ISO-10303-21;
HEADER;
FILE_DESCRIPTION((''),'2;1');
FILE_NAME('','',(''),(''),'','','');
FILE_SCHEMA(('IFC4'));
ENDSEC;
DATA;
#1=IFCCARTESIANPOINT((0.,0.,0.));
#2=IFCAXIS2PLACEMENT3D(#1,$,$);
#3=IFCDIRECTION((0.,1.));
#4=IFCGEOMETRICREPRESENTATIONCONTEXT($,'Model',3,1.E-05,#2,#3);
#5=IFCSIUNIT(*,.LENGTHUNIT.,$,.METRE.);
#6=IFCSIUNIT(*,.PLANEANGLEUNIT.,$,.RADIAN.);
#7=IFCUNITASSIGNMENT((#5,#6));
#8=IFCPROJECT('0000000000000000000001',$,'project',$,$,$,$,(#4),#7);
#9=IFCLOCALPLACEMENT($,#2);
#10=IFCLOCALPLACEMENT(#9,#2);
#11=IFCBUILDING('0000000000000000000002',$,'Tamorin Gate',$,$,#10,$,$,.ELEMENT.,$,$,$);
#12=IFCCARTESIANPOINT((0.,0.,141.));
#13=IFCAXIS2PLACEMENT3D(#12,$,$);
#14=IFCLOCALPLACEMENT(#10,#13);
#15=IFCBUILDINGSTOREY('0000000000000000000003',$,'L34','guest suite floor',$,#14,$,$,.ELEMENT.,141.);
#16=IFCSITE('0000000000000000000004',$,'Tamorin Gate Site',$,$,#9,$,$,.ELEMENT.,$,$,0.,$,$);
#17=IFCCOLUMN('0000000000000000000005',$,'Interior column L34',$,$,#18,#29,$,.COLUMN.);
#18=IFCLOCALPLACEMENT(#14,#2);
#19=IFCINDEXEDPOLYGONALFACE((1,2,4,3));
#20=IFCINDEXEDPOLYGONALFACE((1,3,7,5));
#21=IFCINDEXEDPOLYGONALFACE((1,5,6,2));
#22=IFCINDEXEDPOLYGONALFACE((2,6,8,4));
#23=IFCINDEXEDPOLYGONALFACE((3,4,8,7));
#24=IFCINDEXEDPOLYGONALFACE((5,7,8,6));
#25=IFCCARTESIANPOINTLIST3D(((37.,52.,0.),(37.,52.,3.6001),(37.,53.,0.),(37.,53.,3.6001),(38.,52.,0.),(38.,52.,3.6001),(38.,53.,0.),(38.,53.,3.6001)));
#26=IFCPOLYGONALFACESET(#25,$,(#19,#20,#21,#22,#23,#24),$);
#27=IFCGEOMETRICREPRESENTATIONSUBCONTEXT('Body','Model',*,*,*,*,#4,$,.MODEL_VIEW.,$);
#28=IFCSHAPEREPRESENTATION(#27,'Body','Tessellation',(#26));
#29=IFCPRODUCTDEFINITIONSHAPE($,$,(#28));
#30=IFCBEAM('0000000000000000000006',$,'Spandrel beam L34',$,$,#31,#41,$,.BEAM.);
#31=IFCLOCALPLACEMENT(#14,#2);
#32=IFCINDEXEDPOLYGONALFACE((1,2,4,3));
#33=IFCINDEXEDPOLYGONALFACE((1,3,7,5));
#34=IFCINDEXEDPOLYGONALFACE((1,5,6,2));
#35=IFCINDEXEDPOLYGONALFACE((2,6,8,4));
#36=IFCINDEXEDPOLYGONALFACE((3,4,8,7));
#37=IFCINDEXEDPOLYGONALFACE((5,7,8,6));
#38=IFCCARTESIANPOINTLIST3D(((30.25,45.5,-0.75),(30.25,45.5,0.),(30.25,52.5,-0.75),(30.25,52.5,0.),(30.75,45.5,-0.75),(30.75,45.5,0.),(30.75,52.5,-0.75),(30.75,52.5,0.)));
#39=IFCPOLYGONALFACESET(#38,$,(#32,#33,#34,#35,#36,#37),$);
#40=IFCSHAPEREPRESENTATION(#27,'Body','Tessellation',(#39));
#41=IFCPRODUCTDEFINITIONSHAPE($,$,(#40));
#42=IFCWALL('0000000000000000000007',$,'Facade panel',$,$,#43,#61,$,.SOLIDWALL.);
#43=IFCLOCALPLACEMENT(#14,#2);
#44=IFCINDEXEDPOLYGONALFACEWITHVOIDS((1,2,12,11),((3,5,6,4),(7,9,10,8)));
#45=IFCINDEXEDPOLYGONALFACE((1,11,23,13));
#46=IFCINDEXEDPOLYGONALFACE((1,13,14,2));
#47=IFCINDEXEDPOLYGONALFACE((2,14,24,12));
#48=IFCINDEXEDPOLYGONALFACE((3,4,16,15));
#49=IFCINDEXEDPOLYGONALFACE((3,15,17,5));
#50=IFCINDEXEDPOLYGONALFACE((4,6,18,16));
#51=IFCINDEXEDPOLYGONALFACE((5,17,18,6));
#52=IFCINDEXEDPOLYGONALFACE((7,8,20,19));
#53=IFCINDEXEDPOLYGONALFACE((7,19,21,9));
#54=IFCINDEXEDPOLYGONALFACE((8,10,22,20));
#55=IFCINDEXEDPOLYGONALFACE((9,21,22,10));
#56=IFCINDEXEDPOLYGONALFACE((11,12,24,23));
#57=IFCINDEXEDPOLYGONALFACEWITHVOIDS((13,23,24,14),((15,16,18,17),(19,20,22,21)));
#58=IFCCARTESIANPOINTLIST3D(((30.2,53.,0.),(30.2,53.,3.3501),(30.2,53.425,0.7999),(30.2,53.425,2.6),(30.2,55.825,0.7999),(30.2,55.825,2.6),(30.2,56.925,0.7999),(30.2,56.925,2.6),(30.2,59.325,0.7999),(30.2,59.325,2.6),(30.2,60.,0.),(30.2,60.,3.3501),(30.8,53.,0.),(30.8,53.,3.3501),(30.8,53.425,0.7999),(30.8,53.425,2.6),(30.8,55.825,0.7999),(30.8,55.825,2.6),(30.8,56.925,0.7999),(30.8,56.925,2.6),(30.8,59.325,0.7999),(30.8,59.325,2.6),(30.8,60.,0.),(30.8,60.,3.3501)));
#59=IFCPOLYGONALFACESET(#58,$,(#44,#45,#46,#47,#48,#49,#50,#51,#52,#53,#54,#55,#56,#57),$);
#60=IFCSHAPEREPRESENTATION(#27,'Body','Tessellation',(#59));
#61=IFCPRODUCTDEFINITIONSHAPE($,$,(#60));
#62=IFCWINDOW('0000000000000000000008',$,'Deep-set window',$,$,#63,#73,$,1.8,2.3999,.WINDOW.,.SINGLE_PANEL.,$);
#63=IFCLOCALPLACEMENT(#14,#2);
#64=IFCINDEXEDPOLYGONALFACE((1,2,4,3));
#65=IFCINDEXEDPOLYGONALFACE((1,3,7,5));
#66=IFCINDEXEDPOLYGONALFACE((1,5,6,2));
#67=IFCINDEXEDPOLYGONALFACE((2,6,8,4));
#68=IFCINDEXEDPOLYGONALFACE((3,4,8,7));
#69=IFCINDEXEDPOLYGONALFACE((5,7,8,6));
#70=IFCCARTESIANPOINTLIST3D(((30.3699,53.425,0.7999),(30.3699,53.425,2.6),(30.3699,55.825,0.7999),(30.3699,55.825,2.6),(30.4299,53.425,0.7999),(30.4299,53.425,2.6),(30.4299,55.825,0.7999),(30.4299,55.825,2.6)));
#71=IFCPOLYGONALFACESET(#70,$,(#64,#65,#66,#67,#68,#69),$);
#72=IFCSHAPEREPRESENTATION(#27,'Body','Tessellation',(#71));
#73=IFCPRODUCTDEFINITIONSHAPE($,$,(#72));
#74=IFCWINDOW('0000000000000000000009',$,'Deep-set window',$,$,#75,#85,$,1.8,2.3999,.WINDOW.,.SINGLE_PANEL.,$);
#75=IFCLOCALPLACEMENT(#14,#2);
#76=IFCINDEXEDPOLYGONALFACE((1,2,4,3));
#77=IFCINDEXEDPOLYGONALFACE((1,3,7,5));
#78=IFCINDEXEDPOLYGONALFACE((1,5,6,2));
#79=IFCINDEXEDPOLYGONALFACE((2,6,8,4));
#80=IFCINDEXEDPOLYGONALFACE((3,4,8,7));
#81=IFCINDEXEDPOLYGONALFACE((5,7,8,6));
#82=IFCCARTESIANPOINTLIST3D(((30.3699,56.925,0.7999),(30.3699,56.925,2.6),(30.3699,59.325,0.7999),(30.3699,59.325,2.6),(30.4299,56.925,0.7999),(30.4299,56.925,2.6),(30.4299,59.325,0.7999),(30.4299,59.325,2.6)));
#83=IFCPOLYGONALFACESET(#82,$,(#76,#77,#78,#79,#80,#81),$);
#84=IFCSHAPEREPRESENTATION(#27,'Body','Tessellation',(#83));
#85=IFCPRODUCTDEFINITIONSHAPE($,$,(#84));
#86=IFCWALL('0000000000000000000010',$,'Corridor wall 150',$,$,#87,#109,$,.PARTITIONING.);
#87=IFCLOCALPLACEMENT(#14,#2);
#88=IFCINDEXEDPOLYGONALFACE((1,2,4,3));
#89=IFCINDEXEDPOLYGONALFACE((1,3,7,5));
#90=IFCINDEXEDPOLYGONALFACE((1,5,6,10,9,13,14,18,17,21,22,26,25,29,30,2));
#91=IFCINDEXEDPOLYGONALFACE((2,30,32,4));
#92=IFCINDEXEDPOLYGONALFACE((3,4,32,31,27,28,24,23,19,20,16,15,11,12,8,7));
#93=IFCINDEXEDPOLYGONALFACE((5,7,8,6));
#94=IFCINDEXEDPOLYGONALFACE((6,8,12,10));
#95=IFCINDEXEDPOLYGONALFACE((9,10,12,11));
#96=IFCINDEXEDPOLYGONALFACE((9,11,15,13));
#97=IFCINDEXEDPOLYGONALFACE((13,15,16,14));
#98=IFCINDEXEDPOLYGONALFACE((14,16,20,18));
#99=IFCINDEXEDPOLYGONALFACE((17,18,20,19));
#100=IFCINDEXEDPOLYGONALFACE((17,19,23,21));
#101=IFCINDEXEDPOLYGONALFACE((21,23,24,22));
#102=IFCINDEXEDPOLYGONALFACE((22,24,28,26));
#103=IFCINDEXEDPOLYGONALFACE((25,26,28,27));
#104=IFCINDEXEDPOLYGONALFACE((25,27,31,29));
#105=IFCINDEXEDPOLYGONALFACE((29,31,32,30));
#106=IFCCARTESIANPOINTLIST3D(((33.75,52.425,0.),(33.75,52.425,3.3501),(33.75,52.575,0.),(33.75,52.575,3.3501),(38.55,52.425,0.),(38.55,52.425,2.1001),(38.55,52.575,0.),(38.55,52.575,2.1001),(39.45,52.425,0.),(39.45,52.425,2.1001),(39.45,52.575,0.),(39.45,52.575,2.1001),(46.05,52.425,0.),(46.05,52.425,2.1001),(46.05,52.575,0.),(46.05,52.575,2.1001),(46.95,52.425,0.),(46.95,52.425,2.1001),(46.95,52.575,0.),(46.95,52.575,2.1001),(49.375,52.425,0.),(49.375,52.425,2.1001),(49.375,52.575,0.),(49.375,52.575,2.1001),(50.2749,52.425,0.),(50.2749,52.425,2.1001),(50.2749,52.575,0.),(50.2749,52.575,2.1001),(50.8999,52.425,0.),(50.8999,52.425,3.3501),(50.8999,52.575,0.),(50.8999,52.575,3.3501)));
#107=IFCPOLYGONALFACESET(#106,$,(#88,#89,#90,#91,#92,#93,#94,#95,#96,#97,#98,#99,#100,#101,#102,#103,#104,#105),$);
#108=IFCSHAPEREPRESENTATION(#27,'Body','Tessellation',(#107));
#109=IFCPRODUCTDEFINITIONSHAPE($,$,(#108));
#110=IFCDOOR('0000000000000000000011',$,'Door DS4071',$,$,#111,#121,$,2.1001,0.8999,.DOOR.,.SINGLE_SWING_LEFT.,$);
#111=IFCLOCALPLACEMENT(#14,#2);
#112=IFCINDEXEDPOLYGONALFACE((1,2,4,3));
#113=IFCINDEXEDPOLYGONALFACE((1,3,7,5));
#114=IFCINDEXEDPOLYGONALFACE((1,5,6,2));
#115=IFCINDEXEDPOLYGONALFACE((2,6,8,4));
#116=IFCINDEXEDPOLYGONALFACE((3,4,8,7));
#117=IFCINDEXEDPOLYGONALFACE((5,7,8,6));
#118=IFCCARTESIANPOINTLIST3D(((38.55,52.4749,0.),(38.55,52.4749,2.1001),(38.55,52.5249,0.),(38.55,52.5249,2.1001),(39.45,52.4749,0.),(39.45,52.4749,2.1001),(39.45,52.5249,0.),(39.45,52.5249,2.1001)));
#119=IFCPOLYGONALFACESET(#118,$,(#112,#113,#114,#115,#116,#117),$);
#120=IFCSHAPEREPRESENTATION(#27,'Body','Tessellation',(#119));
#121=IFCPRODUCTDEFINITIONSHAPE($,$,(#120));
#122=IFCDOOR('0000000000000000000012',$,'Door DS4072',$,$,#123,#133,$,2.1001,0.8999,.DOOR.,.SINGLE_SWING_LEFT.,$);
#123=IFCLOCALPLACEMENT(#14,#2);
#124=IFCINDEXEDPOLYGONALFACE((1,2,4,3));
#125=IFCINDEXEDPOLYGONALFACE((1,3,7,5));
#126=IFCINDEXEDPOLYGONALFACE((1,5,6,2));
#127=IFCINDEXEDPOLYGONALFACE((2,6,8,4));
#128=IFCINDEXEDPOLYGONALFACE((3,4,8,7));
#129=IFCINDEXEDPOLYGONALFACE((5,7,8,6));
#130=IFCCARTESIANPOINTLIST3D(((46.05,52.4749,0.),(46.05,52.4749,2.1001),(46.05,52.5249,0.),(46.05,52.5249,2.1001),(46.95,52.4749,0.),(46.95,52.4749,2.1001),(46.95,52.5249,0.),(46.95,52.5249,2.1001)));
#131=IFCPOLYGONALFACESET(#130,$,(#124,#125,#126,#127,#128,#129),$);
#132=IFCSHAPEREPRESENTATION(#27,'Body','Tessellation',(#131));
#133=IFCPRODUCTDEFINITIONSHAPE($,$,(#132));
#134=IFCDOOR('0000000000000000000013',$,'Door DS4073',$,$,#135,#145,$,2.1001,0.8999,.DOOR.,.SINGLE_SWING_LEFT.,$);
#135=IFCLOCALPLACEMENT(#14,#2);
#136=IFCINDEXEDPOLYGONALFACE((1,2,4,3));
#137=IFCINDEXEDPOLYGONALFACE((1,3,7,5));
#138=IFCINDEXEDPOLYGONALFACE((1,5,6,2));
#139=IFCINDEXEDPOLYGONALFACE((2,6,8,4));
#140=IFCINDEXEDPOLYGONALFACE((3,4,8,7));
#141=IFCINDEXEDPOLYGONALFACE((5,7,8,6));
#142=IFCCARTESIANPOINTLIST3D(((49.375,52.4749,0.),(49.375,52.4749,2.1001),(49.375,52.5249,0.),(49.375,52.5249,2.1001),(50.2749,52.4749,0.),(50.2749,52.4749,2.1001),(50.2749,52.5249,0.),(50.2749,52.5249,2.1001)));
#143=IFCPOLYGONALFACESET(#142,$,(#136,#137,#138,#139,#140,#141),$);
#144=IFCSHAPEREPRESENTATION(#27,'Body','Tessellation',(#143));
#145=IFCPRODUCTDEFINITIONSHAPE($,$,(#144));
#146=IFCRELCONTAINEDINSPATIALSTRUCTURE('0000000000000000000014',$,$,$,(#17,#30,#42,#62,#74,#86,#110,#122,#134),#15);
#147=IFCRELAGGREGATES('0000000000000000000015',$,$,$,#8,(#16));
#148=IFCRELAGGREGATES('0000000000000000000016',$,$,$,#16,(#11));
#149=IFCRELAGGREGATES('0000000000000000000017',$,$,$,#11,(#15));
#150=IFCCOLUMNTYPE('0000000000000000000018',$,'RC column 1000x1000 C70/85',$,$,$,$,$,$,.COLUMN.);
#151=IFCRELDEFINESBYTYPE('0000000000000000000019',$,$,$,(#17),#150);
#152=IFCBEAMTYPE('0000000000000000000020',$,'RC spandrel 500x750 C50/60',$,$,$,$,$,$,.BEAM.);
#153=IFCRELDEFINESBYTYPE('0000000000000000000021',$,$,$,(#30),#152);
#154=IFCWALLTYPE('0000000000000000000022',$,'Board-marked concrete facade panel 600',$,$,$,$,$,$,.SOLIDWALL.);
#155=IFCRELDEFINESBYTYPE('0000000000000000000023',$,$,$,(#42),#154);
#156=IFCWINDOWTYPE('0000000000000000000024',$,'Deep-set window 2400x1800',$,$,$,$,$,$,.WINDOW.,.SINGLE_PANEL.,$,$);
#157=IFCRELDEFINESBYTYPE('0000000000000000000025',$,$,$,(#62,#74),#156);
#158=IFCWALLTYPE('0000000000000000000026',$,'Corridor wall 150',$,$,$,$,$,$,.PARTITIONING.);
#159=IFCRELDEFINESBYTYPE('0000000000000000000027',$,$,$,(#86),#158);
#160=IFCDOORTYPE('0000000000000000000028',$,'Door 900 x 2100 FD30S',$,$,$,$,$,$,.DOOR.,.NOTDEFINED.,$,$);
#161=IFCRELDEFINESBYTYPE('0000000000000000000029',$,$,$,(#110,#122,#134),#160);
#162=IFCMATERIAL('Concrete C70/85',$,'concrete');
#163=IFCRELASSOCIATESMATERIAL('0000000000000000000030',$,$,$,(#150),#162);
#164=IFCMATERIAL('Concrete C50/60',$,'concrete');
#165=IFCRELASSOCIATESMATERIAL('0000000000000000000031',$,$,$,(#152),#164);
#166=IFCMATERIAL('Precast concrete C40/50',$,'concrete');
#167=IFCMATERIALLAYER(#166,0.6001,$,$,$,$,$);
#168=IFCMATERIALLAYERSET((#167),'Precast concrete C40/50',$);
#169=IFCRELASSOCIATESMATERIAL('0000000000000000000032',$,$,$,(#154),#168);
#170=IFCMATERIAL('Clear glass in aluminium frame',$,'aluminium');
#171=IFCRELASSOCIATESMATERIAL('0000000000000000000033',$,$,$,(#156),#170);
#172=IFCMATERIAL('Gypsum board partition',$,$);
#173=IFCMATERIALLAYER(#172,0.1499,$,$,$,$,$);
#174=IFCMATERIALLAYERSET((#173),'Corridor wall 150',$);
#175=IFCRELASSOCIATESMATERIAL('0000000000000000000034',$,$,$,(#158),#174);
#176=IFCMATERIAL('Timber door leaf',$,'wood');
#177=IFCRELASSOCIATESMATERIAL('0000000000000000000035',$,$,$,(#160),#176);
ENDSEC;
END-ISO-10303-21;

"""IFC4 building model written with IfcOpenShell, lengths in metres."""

from ifc_helpers import new_model, si_unit, direction, frame, frame_2d, origin, origin_2d, place, context, subcontext, project, spatial, rectangle, extrude, material, layer, layer_set, material_profile, profile_set, type_object, element, fill, save


model = new_model("IFC4")

# Units and contexts
model_context = context("Model", 3, precision=1e-05, world=origin(), true_north=direction((0.0, 1.0)))
body_context = subcontext(model_context, "Body", "Model", "MODEL_VIEW")
ifc_project = project(units=[si_unit("LENGTHUNIT", "METRE"), si_unit("PLANEANGLEUNIT", "RADIAN")], contexts=[model_context])

# Site, building, storey
site_placement = place(None, origin())
site = spatial("IfcSite", under=ifc_project, at=site_placement, Name="Tamorin Gate Site", CompositionType="ELEMENT", RefElevation=0.0)
building_placement = place(site_placement, origin())
building = spatial("IfcBuilding", under=site, at=building_placement, Name="Tamorin Gate", CompositionType="ELEMENT")
storey_placement = place(building_placement, frame((0.0, 0.0, 141.0)))
storey = spatial("IfcBuildingStorey", under=building, at=storey_placement, Name="L34", Description="guest suite floor", CompositionType="ELEMENT", Elevation=141.0)

# Column
ifc_material_1 = material(Name="Concrete C70/85", Category="concrete")
ifc_material_profile_1 = material_profile(ifc_material_1, rectangle(XDim=1.0, YDim=1.0, at=origin_2d()), Name="RC 1000x1000")
ifc_profile_set_1 = profile_set([ifc_material_profile_1], Name="Concrete C70/85")
column_type = type_object("IfcColumnType", Name="RC column 1000x1000 C70/85", PredefinedType="COLUMN", material=ifc_profile_set_1)
column_placement = place(storey_placement, frame((37.5, 52.5, 0.0), z_axis=(0.0, 0.0, 1.0), x_axis=(1.0, 0.0, 0.0)))
element("IfcColumn", 1, at=column_placement, inside=storey, type_object=column_type, Name="Interior column L34", PredefinedType="COLUMN", context=body_context, shape_type="SweptSolid", body=[
    extrude(rectangle(XDim=1.0, YDim=1.0, at=origin_2d()), origin(), (0.0, 0.0, 1.0), 3.6001),
])

# Beam
ifc_material_2 = material(Name="Concrete C50/60", Category="concrete")
ifc_material_profile_2 = material_profile(ifc_material_2, rectangle(XDim=0.5, YDim=0.75, at=origin_2d()), Name="RC 500x750")
ifc_profile_set_2 = profile_set([ifc_material_profile_2], Name="Concrete C50/60")
beam_type = type_object("IfcBeamType", Name="RC spandrel 500x750 C50/60", PredefinedType="BEAM", material=ifc_profile_set_2)
beam_placement = place(storey_placement, frame((30.5, 52.5, -0.375), z_axis=(0.0, -1.0, 0.0), x_axis=(1.0, 0.0, 0.0)))
element("IfcBeam", 2, at=beam_placement, inside=storey, type_object=beam_type, Name="Spandrel beam L34", PredefinedType="BEAM", context=body_context, shape_type="SweptSolid", body=[
    extrude(rectangle(XDim=0.5, YDim=0.75, at=origin_2d()), origin(), (0.0, 0.0, 1.0), 7.0),
])

# Wall, openings, windows
ifc_material_3 = material(Name="Precast concrete C40/50", Category="concrete")
ifc_layer_1 = layer(ifc_material_3, 0.6001)
ifc_layer_set_1 = layer_set([ifc_layer_1], Name="Precast concrete C40/50")
wall_type_1 = type_object("IfcWallType", Name="Board-marked concrete facade panel 600", PredefinedType="SOLIDWALL", material=ifc_layer_set_1)
wall_1_placement = place(storey_placement, frame((30.5, 60.0, 0.0), z_axis=(0.0, 0.0, 1.0), x_axis=(0.0, -1.0, 0.0)))
wall_1 = element("IfcWall", 3, at=wall_1_placement, inside=storey, type_object=wall_type_1, Name="Facade panel", PredefinedType="SOLIDWALL", context=body_context, shape_type="SweptSolid", body=[
    extrude(rectangle(XDim=7.0, YDim=0.6001, at=frame_2d((3.5, 0.0))), origin(), (0.0, 0.0, 1.0), 3.3501),
])
opening_1_placement = place(wall_1_placement, frame((4.175, 0.0, 0.8)))
opening_1 = element("IfcOpeningElement", 4, at=opening_1_placement, cuts=wall_1, PredefinedType="OPENING", context=body_context, shape_type="SweptSolid", body=[
    extrude(rectangle(XDim=2.3999, YDim=1.8, at=frame_2d((1.2, 0.8999))), frame((0.0, 0.3101, 0.0), z_axis=(0.0, -1.0, 0.0), x_axis=(1.0, 0.0, 0.0)), (0.0, 0.0, 1.0), 0.6201),
])
opening_2_placement = place(wall_1_placement, frame((0.675, 0.0, 0.8)))
opening_2 = element("IfcOpeningElement", 5, at=opening_2_placement, cuts=wall_1, PredefinedType="OPENING", context=body_context, shape_type="SweptSolid", body=[
    extrude(rectangle(XDim=2.3999, YDim=1.8, at=frame_2d((1.2, 0.8999))), frame((0.0, 0.3101, 0.0), z_axis=(0.0, -1.0, 0.0), x_axis=(1.0, 0.0, 0.0)), (0.0, 0.0, 1.0), 0.6201),
])
ifc_material_4 = material(Name="Clear glass in aluminium frame", Category="aluminium")
window_type = type_object("IfcWindowType", Name="Deep-set window 2400x1800", PartitioningType="SINGLE_PANEL", PredefinedType="WINDOW", material=ifc_material_4)
window_1_placement = place(opening_1_placement, origin())
window_1 = element("IfcWindow", 6, at=window_1_placement, inside=storey, type_object=window_type, Name="Deep-set window", OverallHeight=1.8, OverallWidth=2.3999, PartitioningType="SINGLE_PANEL", PredefinedType="WINDOW", context=body_context, shape_type="SweptSolid", body=[
    extrude(rectangle(XDim=2.3999, YDim=1.8, at=frame_2d((1.2, 0.8999))), frame((0.0, -0.0701, 0.0), z_axis=(0.0, -1.0, 0.0), x_axis=(1.0, 0.0, 0.0)), (0.0, 0.0, 1.0), 0.0601),
])
fill(opening_1, window_1)
window_2_placement = place(opening_2_placement, origin())
window_2 = element("IfcWindow", 7, at=window_2_placement, inside=storey, type_object=window_type, Name="Deep-set window", OverallHeight=1.8, OverallWidth=2.3999, PartitioningType="SINGLE_PANEL", PredefinedType="WINDOW", context=body_context, shape_type="SweptSolid", body=[
    extrude(rectangle(XDim=2.3999, YDim=1.8, at=frame_2d((1.2, 0.8999))), frame((0.0, -0.0701, 0.0), z_axis=(0.0, -1.0, 0.0), x_axis=(1.0, 0.0, 0.0)), (0.0, 0.0, 1.0), 0.0601),
])
fill(opening_2, window_2)

# Wall, openings, doors
ifc_material_5 = material(Name="Gypsum board partition")
ifc_layer_2 = layer(ifc_material_5, 0.1499)
ifc_layer_set_2 = layer_set([ifc_layer_2], Name="Corridor wall 150")
wall_type_2 = type_object("IfcWallType", Name="Corridor wall 150", PredefinedType="PARTITIONING", material=ifc_layer_set_2)
wall_2_placement = place(storey_placement, frame((33.75, 52.5, 0.0), z_axis=(0.0, 0.0, 1.0), x_axis=(1.0, 0.0, 0.0)))
wall_2 = element("IfcWall", 8, at=wall_2_placement, inside=storey, type_object=wall_type_2, Name="Corridor wall 150", PredefinedType="PARTITIONING", context=body_context, shape_type="SweptSolid", body=[
    extrude(rectangle(XDim=17.1499, YDim=0.1499, at=frame_2d((8.575, 0.0))), origin(), (0.0, 0.0, 1.0), 3.3501),
])
opening_3_placement = place(wall_2_placement, frame((4.8, 0.0, 0.0)))
opening_3 = element("IfcOpeningElement", 9, at=opening_3_placement, cuts=wall_2, PredefinedType="OPENING", context=body_context, shape_type="SweptSolid", body=[
    extrude(rectangle(XDim=0.8999, YDim=2.1001, at=frame_2d((0.45, 1.05))), frame((0.0, 0.085, 0.0), z_axis=(0.0, -1.0, 0.0), x_axis=(1.0, 0.0, 0.0)), (0.0, 0.0, 1.0), 0.1699),
])
opening_4_placement = place(wall_2_placement, frame((12.3, 0.0, 0.0)))
opening_4 = element("IfcOpeningElement", 10, at=opening_4_placement, cuts=wall_2, PredefinedType="OPENING", context=body_context, shape_type="SweptSolid", body=[
    extrude(rectangle(XDim=0.8999, YDim=2.1001, at=frame_2d((0.45, 1.05))), frame((0.0, 0.085, 0.0), z_axis=(0.0, -1.0, 0.0), x_axis=(1.0, 0.0, 0.0)), (0.0, 0.0, 1.0), 0.1699),
])
opening_5_placement = place(wall_2_placement, frame((15.625, 0.0, 0.0)))
opening_5 = element("IfcOpeningElement", 11, at=opening_5_placement, cuts=wall_2, PredefinedType="OPENING", context=body_context, shape_type="SweptSolid", body=[
    extrude(rectangle(XDim=0.8999, YDim=2.1001, at=frame_2d((0.45, 1.05))), frame((0.0, 0.085, 0.0), z_axis=(0.0, -1.0, 0.0), x_axis=(1.0, 0.0, 0.0)), (0.0, 0.0, 1.0), 0.1699),
])
ifc_material_6 = material(Name="Timber door leaf", Category="wood")
door_type_1 = type_object("IfcDoorType", Name="Door 900 x 2100 FD30S", OperationType="NOTDEFINED", PredefinedType="DOOR", material=ifc_material_6)
door_1_placement = place(opening_3_placement, origin())
door_1 = element("IfcDoor", 12, at=door_1_placement, inside=storey, type_object=door_type_1, Name="Door DS4071", OperationType="SINGLE_SWING_LEFT", OverallHeight=2.1001, OverallWidth=0.8999, PredefinedType="DOOR", context=body_context, shape_type="SweptSolid", body=[
    extrude(rectangle(XDim=0.8999, YDim=2.1001, at=frame_2d((0.45, 1.05))), frame((0.0, 0.0249, 0.0), z_axis=(0.0, -1.0, 0.0), x_axis=(1.0, 0.0, 0.0)), (0.0, 0.0, 1.0), 0.05),
])
fill(opening_3, door_1)
door_2_placement = place(opening_4_placement, origin())
door_2 = element("IfcDoor", 13, at=door_2_placement, inside=storey, type_object=door_type_1, Name="Door DS4072", OperationType="SINGLE_SWING_LEFT", OverallHeight=2.1001, OverallWidth=0.8999, PredefinedType="DOOR", context=body_context, shape_type="SweptSolid", body=[
    extrude(rectangle(XDim=0.8999, YDim=2.1001, at=frame_2d((0.45, 1.05))), frame((0.0, 0.0249, 0.0), z_axis=(0.0, -1.0, 0.0), x_axis=(1.0, 0.0, 0.0)), (0.0, 0.0, 1.0), 0.05),
])
fill(opening_4, door_2)
door_3_placement = place(opening_5_placement, origin())
door_3 = element("IfcDoor", 14, at=door_3_placement, inside=storey, type_object=door_type_1, Name="Door DS4073", OperationType="SINGLE_SWING_LEFT", OverallHeight=2.1001, OverallWidth=0.8999, PredefinedType="DOOR", context=body_context, shape_type="SweptSolid", body=[
    extrude(rectangle(XDim=0.8999, YDim=2.1001, at=frame_2d((0.45, 1.05))), frame((0.0, 0.0249, 0.0), z_axis=(0.0, -1.0, 0.0), x_axis=(1.0, 0.0, 0.0)), (0.0, 0.0, 1.0), 0.05),
])
fill(opening_5, door_3)

save(model, "model.ifc")
